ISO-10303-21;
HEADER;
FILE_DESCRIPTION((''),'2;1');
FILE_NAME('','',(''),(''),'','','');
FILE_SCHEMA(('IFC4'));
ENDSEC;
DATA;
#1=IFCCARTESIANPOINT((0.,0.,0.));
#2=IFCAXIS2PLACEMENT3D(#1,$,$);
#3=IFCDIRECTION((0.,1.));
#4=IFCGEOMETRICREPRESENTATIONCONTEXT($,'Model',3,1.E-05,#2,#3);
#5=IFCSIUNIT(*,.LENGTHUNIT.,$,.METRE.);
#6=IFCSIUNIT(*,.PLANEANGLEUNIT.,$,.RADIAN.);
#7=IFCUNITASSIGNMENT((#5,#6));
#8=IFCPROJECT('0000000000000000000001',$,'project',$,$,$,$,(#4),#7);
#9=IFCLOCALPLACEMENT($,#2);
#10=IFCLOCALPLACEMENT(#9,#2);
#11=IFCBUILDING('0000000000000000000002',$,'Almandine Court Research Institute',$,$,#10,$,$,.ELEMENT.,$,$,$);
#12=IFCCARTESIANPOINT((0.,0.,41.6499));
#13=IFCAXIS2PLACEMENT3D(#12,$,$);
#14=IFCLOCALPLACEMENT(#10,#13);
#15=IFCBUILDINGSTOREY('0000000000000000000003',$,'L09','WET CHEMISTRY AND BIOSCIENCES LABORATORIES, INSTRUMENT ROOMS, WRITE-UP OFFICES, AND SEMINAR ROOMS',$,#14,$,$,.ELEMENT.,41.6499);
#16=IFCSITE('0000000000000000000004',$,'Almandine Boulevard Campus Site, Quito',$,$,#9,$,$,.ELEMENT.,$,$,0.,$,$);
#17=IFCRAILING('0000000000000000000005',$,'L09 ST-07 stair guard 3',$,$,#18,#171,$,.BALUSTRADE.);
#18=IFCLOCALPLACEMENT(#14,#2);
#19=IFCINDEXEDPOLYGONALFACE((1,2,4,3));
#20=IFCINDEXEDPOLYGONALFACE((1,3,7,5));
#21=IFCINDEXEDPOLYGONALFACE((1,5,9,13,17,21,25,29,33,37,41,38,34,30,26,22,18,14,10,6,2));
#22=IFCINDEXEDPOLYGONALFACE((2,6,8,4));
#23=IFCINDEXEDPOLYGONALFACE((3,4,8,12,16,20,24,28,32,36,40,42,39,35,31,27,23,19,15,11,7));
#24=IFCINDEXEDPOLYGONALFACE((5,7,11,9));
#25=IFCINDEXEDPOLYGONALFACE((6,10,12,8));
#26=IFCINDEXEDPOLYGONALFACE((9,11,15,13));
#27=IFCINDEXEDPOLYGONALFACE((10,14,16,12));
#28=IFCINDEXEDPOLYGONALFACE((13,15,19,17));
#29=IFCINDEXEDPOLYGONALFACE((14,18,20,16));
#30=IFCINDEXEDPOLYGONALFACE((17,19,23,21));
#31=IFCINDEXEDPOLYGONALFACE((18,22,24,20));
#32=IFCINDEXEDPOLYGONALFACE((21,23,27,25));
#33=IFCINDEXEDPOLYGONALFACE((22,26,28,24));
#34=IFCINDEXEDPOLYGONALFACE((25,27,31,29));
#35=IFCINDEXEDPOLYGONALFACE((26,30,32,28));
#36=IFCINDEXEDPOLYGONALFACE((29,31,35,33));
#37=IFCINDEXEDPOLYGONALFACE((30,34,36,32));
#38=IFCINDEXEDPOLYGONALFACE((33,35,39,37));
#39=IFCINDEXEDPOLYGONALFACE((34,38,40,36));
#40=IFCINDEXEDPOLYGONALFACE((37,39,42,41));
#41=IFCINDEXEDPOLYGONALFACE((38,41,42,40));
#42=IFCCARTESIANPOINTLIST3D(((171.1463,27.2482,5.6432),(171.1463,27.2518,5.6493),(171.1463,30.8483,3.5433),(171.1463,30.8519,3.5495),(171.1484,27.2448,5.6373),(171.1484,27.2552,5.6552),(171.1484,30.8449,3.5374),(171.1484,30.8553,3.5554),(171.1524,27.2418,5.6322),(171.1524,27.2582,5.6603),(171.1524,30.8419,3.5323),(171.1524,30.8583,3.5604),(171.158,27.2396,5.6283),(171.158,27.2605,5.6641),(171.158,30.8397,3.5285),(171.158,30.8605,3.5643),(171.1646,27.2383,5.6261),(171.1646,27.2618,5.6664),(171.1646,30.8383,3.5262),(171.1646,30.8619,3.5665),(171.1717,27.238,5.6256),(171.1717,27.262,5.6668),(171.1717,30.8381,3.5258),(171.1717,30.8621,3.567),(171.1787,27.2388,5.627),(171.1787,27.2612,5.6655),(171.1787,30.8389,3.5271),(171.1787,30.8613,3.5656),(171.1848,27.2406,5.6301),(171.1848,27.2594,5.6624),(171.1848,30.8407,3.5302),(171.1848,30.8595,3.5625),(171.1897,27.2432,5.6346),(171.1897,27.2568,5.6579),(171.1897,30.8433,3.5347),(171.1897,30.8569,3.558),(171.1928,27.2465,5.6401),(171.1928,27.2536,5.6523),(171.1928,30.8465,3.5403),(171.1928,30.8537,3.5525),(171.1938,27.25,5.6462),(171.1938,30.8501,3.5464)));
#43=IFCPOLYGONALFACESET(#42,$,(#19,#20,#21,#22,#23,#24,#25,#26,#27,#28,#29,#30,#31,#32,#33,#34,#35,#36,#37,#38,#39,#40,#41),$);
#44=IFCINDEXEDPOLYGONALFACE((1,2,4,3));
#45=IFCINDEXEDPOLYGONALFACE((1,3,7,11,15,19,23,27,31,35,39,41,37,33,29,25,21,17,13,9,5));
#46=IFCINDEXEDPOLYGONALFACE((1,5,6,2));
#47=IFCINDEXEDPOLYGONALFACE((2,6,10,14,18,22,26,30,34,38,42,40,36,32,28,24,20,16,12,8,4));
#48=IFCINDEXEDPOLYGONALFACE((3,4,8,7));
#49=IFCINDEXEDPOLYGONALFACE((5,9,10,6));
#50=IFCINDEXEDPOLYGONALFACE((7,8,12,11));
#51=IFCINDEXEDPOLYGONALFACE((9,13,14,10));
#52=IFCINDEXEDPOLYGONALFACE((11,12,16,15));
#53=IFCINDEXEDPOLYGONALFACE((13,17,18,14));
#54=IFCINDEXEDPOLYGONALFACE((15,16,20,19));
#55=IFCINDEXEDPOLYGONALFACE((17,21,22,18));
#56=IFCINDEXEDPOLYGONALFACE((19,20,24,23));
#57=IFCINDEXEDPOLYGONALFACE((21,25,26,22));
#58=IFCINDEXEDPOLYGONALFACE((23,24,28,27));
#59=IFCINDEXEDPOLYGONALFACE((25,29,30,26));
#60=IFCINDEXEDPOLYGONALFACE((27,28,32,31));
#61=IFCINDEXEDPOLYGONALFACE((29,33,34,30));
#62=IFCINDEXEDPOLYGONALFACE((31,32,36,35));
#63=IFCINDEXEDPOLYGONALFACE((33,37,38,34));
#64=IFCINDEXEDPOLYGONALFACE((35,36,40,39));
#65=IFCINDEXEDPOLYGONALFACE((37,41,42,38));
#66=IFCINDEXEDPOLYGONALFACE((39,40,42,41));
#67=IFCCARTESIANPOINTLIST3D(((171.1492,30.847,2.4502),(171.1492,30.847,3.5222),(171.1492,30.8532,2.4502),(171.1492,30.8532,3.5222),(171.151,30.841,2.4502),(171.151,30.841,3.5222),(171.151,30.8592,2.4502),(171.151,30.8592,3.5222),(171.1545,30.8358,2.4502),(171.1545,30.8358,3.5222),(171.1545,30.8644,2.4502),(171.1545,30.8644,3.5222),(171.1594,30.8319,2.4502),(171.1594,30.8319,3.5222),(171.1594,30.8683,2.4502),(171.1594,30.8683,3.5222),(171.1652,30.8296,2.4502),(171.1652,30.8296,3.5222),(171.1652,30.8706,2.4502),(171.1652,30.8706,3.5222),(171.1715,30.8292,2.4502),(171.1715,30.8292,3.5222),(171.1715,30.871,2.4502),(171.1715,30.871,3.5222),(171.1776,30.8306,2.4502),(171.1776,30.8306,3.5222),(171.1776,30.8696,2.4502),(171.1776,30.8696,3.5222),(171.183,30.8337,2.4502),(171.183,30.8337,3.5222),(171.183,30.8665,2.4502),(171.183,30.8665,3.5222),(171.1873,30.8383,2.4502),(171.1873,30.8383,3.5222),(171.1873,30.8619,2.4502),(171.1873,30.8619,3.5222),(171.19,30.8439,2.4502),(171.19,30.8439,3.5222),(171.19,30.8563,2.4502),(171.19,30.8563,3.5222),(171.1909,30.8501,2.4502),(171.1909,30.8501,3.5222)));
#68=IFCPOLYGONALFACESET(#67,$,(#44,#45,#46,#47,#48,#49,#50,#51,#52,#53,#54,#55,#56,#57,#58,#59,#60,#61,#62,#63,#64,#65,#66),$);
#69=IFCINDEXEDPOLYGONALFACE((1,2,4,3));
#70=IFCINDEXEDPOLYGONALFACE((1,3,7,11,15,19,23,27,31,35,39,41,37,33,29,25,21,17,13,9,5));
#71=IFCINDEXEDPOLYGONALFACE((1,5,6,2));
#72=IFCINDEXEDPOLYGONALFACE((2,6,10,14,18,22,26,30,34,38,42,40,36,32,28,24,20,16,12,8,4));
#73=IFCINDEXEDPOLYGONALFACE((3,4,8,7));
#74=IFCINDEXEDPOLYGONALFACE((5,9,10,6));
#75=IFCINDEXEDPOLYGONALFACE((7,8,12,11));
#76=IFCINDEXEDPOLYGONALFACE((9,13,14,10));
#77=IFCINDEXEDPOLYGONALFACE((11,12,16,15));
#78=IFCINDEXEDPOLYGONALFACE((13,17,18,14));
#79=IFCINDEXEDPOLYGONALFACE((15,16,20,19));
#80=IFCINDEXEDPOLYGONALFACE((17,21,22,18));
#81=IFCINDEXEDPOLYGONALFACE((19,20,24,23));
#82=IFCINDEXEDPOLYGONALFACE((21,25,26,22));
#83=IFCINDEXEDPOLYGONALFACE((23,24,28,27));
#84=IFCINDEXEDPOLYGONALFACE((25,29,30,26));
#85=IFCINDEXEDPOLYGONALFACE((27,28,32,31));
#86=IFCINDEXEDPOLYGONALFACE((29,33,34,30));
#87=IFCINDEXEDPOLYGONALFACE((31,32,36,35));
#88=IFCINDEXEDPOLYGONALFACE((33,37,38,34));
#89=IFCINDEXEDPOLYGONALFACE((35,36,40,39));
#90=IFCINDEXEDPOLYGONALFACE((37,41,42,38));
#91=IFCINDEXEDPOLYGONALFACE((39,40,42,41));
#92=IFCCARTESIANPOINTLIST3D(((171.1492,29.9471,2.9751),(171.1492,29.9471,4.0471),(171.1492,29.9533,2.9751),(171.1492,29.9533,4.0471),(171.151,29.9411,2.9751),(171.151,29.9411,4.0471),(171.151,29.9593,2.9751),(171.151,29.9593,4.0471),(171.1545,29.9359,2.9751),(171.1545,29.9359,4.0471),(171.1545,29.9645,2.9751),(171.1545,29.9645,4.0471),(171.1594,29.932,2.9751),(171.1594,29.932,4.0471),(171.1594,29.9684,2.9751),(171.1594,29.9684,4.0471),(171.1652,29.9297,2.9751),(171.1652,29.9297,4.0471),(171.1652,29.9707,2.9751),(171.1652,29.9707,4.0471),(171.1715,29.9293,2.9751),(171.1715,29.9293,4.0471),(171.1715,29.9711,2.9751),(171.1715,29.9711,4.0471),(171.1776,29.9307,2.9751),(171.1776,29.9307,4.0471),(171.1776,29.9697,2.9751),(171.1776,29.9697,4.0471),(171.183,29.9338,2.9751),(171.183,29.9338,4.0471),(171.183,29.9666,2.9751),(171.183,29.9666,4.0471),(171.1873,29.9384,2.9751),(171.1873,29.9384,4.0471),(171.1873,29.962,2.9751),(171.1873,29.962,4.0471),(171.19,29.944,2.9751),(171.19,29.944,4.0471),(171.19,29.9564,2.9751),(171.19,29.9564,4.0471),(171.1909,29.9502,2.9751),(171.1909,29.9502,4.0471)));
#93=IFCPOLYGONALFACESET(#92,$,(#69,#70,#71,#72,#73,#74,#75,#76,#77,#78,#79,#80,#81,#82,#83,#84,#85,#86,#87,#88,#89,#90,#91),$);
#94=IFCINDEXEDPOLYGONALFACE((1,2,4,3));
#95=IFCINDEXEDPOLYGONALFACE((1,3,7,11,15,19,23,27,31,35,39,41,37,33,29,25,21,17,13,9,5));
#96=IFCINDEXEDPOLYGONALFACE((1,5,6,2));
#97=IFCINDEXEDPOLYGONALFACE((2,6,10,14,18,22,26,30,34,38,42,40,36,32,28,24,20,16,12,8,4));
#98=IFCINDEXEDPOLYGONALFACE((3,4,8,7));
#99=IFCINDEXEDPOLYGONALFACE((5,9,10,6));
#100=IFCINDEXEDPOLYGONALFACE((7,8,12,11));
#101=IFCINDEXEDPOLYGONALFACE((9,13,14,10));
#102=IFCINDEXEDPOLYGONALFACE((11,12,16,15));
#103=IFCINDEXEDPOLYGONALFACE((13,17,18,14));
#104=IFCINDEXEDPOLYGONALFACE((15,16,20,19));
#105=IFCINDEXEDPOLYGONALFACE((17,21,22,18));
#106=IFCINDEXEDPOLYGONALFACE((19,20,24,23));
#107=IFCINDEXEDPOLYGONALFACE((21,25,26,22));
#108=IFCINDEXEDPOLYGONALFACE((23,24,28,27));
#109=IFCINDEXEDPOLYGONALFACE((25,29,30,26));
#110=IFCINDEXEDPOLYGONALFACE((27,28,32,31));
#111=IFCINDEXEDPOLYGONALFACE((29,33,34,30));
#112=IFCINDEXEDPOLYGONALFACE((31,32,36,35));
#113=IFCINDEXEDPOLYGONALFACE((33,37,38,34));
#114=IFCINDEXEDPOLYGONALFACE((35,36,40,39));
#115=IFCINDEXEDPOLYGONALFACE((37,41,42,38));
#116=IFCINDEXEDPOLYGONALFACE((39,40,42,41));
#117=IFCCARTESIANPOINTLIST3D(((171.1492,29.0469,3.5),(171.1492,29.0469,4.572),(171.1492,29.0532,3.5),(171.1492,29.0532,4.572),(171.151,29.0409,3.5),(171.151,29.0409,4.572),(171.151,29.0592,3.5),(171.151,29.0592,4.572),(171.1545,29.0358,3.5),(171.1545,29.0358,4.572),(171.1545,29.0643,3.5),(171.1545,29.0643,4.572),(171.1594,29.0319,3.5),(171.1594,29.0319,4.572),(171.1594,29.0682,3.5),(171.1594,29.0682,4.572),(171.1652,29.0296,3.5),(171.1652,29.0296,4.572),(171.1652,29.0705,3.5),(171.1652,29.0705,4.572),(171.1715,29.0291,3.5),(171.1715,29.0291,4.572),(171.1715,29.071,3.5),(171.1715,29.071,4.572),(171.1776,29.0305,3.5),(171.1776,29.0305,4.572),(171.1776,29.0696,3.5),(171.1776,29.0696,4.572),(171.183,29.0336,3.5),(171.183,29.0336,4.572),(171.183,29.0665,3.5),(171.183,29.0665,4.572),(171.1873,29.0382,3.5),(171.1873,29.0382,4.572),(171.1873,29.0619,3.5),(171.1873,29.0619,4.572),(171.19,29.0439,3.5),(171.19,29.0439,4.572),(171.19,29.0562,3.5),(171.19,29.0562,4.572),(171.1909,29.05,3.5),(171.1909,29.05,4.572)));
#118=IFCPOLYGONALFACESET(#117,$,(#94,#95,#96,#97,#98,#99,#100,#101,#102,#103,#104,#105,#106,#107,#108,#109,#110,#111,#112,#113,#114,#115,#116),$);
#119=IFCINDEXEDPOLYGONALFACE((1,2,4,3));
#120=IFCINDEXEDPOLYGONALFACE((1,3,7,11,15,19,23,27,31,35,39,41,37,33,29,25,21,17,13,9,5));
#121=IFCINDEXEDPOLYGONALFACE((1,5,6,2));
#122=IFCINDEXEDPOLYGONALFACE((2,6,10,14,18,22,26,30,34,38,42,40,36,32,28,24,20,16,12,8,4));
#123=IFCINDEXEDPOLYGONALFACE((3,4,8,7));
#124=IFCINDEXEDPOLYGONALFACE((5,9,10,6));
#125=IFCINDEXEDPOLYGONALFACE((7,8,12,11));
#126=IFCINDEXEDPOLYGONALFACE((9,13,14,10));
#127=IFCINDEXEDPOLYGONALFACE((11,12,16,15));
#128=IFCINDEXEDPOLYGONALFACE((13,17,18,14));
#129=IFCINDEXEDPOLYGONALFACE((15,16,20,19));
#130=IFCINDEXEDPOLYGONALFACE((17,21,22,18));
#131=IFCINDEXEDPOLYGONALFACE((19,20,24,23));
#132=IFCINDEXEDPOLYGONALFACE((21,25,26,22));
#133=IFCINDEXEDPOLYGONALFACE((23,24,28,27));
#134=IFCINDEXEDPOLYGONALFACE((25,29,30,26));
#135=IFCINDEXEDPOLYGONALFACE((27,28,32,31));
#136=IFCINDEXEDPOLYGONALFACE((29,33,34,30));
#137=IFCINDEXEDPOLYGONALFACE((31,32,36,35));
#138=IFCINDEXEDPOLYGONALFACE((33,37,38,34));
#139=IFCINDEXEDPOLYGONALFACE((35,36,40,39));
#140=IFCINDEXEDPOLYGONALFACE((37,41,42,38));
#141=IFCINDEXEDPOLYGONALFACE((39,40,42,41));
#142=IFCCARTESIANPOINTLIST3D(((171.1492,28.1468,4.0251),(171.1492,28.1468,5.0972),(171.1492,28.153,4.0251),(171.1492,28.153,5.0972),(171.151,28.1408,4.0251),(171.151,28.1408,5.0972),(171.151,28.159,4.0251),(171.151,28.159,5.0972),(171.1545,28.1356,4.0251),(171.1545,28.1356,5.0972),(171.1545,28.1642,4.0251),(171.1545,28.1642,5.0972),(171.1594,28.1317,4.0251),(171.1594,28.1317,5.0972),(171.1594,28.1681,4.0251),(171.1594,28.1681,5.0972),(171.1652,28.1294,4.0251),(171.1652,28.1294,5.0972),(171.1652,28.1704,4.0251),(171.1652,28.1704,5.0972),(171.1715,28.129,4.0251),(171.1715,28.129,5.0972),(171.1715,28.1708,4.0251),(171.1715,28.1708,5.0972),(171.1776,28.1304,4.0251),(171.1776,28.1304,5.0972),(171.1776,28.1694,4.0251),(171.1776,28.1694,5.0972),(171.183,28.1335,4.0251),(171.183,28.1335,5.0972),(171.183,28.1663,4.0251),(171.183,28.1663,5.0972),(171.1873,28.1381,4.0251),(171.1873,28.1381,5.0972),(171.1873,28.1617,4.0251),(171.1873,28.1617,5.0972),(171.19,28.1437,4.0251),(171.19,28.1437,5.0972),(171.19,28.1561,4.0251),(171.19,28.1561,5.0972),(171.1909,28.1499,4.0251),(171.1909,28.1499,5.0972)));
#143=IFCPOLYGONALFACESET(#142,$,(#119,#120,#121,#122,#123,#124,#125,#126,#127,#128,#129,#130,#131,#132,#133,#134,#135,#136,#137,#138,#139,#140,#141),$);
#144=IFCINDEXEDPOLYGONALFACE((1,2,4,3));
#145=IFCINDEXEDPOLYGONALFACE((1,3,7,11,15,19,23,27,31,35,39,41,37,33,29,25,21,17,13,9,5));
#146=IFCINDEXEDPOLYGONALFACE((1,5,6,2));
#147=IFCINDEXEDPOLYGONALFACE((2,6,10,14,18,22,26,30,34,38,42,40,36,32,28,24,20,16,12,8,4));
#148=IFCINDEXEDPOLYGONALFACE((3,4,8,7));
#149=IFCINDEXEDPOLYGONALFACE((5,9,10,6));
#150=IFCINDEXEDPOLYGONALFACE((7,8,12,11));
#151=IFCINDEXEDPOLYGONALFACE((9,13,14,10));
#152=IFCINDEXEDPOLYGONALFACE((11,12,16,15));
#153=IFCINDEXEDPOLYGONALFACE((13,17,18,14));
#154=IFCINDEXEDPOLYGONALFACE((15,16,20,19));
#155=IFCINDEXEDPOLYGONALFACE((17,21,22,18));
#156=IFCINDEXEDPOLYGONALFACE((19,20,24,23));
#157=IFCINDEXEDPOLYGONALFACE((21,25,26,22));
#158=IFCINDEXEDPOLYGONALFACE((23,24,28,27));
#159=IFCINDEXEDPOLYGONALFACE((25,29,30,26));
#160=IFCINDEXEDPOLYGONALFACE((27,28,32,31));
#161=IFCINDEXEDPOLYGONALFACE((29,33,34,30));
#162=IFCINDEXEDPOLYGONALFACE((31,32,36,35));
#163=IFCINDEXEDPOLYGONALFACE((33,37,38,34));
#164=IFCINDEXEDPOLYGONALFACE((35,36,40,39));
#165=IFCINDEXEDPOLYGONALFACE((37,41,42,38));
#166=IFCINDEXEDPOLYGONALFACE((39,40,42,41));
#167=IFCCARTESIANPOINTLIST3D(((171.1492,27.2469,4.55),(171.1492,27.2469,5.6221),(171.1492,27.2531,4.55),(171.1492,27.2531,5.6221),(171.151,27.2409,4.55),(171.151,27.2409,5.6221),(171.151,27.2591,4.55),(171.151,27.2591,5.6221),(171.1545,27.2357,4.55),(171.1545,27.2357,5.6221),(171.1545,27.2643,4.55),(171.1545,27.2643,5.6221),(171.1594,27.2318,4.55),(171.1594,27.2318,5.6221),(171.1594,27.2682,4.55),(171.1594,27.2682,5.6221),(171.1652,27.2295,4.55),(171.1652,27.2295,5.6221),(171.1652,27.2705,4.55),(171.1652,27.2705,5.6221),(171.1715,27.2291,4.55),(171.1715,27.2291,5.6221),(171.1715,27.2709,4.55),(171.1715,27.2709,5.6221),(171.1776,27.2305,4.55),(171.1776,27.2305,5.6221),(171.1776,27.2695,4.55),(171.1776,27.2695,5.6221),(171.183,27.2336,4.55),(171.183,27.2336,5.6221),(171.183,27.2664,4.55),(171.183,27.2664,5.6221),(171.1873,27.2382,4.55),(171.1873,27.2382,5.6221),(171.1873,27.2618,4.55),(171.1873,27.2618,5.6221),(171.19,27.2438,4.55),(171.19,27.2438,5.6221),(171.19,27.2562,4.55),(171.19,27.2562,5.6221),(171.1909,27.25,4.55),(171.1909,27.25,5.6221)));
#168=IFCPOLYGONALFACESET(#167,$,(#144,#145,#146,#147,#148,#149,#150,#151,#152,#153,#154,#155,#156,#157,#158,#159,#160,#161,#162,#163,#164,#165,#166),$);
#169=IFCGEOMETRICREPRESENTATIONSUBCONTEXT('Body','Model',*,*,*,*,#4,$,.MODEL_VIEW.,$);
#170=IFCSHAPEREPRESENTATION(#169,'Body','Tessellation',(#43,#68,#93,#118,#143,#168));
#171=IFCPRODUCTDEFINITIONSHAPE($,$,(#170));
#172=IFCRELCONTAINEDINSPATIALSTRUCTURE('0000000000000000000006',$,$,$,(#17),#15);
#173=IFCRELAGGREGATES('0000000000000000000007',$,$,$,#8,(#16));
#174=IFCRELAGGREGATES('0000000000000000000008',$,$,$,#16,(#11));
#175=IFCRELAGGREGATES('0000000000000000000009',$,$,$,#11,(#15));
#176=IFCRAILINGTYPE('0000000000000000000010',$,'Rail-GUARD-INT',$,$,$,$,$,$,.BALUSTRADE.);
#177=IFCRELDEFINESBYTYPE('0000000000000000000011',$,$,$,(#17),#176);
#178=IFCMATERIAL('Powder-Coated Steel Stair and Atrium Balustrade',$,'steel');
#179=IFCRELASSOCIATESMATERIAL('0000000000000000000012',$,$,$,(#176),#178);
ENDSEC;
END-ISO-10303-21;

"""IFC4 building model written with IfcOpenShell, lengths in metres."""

from ifc_helpers import new_model, si_unit, direction, frame, origin, origin_2d, place, context, subcontext, project, spatial, circle, extrude, material, type_object, element, save


model = new_model("IFC4")

# Units and contexts
model_context = context("Model", 3, precision=1e-05, world=origin(), true_north=direction((0.0, 1.0)))
body_context = subcontext(model_context, "Body", "Model", "MODEL_VIEW")
ifc_project = project(units=[si_unit("LENGTHUNIT", "METRE"), si_unit("PLANEANGLEUNIT", "RADIAN")], contexts=[model_context])

# Site, building, storey
site_placement = place(None, origin())
site = spatial("IfcSite", under=ifc_project, at=site_placement, Name="Almandine Boulevard Campus Site, Quito", CompositionType="ELEMENT", RefElevation=0.0)
building_placement = place(site_placement, origin())
building = spatial("IfcBuilding", under=site, at=building_placement, Name="Almandine Court Research Institute", CompositionType="ELEMENT")
storey_placement = place(building_placement, frame((0.0, 0.0, 41.6499)))
storey = spatial("IfcBuildingStorey", under=building, at=storey_placement, Name="L09", Description="WET CHEMISTRY AND BIOSCIENCES LABORATORIES, INSTRUMENT ROOMS, WRITE-UP OFFICES, AND SEMINAR ROOMS", CompositionType="ELEMENT", Elevation=41.6499)

# Railing
ifc_material_1 = material(Name="Powder-Coated Steel Stair and Atrium Balustrade", Category="steel")
railing_type_1 = type_object("IfcRailingType", Name="Rail-GUARD-INT", PredefinedType="BALUSTRADE", material=ifc_material_1)
railing_1_placement = place(storey_placement, frame((171.1699, 30.8501, 2.4502)))
element("IfcRailing", 1, at=railing_1_placement, inside=storey, type_object=railing_type_1, Name="L09 ST-07 stair guard 3", PredefinedType="BALUSTRADE", context=body_context, shape_type="SweptSolid", body=[
    extrude(circle(Radius=0.0239, at=origin_2d()), frame((0.0, 0.0, 1.0962), z_axis=(0.0, -0.8638, 0.503835), x_axis=(1.0, 0.0, 0.0)), (0.0, 0.0, 1.0), 4.1677),
    extrude(circle(Radius=0.021, at=origin_2d()), origin(), (0.0, 0.0, 1.0), 1.072),
    extrude(circle(Radius=0.021, at=origin_2d()), frame((0.0, -0.8999, 0.5249)), (0.0, 0.0, 1.0), 1.072),
    extrude(circle(Radius=0.021, at=origin_2d()), frame((0.0, -1.8, 1.0498)), (0.0, 0.0, 1.0), 1.072),
    extrude(circle(Radius=0.021, at=origin_2d()), frame((0.0, -2.7002, 1.575)), (0.0, 0.0, 1.0), 1.072),
    extrude(circle(Radius=0.021, at=origin_2d()), frame((0.0, -3.6001, 2.0999)), (0.0, 0.0, 1.0), 1.072),
])

save(model, "model.ifc")
